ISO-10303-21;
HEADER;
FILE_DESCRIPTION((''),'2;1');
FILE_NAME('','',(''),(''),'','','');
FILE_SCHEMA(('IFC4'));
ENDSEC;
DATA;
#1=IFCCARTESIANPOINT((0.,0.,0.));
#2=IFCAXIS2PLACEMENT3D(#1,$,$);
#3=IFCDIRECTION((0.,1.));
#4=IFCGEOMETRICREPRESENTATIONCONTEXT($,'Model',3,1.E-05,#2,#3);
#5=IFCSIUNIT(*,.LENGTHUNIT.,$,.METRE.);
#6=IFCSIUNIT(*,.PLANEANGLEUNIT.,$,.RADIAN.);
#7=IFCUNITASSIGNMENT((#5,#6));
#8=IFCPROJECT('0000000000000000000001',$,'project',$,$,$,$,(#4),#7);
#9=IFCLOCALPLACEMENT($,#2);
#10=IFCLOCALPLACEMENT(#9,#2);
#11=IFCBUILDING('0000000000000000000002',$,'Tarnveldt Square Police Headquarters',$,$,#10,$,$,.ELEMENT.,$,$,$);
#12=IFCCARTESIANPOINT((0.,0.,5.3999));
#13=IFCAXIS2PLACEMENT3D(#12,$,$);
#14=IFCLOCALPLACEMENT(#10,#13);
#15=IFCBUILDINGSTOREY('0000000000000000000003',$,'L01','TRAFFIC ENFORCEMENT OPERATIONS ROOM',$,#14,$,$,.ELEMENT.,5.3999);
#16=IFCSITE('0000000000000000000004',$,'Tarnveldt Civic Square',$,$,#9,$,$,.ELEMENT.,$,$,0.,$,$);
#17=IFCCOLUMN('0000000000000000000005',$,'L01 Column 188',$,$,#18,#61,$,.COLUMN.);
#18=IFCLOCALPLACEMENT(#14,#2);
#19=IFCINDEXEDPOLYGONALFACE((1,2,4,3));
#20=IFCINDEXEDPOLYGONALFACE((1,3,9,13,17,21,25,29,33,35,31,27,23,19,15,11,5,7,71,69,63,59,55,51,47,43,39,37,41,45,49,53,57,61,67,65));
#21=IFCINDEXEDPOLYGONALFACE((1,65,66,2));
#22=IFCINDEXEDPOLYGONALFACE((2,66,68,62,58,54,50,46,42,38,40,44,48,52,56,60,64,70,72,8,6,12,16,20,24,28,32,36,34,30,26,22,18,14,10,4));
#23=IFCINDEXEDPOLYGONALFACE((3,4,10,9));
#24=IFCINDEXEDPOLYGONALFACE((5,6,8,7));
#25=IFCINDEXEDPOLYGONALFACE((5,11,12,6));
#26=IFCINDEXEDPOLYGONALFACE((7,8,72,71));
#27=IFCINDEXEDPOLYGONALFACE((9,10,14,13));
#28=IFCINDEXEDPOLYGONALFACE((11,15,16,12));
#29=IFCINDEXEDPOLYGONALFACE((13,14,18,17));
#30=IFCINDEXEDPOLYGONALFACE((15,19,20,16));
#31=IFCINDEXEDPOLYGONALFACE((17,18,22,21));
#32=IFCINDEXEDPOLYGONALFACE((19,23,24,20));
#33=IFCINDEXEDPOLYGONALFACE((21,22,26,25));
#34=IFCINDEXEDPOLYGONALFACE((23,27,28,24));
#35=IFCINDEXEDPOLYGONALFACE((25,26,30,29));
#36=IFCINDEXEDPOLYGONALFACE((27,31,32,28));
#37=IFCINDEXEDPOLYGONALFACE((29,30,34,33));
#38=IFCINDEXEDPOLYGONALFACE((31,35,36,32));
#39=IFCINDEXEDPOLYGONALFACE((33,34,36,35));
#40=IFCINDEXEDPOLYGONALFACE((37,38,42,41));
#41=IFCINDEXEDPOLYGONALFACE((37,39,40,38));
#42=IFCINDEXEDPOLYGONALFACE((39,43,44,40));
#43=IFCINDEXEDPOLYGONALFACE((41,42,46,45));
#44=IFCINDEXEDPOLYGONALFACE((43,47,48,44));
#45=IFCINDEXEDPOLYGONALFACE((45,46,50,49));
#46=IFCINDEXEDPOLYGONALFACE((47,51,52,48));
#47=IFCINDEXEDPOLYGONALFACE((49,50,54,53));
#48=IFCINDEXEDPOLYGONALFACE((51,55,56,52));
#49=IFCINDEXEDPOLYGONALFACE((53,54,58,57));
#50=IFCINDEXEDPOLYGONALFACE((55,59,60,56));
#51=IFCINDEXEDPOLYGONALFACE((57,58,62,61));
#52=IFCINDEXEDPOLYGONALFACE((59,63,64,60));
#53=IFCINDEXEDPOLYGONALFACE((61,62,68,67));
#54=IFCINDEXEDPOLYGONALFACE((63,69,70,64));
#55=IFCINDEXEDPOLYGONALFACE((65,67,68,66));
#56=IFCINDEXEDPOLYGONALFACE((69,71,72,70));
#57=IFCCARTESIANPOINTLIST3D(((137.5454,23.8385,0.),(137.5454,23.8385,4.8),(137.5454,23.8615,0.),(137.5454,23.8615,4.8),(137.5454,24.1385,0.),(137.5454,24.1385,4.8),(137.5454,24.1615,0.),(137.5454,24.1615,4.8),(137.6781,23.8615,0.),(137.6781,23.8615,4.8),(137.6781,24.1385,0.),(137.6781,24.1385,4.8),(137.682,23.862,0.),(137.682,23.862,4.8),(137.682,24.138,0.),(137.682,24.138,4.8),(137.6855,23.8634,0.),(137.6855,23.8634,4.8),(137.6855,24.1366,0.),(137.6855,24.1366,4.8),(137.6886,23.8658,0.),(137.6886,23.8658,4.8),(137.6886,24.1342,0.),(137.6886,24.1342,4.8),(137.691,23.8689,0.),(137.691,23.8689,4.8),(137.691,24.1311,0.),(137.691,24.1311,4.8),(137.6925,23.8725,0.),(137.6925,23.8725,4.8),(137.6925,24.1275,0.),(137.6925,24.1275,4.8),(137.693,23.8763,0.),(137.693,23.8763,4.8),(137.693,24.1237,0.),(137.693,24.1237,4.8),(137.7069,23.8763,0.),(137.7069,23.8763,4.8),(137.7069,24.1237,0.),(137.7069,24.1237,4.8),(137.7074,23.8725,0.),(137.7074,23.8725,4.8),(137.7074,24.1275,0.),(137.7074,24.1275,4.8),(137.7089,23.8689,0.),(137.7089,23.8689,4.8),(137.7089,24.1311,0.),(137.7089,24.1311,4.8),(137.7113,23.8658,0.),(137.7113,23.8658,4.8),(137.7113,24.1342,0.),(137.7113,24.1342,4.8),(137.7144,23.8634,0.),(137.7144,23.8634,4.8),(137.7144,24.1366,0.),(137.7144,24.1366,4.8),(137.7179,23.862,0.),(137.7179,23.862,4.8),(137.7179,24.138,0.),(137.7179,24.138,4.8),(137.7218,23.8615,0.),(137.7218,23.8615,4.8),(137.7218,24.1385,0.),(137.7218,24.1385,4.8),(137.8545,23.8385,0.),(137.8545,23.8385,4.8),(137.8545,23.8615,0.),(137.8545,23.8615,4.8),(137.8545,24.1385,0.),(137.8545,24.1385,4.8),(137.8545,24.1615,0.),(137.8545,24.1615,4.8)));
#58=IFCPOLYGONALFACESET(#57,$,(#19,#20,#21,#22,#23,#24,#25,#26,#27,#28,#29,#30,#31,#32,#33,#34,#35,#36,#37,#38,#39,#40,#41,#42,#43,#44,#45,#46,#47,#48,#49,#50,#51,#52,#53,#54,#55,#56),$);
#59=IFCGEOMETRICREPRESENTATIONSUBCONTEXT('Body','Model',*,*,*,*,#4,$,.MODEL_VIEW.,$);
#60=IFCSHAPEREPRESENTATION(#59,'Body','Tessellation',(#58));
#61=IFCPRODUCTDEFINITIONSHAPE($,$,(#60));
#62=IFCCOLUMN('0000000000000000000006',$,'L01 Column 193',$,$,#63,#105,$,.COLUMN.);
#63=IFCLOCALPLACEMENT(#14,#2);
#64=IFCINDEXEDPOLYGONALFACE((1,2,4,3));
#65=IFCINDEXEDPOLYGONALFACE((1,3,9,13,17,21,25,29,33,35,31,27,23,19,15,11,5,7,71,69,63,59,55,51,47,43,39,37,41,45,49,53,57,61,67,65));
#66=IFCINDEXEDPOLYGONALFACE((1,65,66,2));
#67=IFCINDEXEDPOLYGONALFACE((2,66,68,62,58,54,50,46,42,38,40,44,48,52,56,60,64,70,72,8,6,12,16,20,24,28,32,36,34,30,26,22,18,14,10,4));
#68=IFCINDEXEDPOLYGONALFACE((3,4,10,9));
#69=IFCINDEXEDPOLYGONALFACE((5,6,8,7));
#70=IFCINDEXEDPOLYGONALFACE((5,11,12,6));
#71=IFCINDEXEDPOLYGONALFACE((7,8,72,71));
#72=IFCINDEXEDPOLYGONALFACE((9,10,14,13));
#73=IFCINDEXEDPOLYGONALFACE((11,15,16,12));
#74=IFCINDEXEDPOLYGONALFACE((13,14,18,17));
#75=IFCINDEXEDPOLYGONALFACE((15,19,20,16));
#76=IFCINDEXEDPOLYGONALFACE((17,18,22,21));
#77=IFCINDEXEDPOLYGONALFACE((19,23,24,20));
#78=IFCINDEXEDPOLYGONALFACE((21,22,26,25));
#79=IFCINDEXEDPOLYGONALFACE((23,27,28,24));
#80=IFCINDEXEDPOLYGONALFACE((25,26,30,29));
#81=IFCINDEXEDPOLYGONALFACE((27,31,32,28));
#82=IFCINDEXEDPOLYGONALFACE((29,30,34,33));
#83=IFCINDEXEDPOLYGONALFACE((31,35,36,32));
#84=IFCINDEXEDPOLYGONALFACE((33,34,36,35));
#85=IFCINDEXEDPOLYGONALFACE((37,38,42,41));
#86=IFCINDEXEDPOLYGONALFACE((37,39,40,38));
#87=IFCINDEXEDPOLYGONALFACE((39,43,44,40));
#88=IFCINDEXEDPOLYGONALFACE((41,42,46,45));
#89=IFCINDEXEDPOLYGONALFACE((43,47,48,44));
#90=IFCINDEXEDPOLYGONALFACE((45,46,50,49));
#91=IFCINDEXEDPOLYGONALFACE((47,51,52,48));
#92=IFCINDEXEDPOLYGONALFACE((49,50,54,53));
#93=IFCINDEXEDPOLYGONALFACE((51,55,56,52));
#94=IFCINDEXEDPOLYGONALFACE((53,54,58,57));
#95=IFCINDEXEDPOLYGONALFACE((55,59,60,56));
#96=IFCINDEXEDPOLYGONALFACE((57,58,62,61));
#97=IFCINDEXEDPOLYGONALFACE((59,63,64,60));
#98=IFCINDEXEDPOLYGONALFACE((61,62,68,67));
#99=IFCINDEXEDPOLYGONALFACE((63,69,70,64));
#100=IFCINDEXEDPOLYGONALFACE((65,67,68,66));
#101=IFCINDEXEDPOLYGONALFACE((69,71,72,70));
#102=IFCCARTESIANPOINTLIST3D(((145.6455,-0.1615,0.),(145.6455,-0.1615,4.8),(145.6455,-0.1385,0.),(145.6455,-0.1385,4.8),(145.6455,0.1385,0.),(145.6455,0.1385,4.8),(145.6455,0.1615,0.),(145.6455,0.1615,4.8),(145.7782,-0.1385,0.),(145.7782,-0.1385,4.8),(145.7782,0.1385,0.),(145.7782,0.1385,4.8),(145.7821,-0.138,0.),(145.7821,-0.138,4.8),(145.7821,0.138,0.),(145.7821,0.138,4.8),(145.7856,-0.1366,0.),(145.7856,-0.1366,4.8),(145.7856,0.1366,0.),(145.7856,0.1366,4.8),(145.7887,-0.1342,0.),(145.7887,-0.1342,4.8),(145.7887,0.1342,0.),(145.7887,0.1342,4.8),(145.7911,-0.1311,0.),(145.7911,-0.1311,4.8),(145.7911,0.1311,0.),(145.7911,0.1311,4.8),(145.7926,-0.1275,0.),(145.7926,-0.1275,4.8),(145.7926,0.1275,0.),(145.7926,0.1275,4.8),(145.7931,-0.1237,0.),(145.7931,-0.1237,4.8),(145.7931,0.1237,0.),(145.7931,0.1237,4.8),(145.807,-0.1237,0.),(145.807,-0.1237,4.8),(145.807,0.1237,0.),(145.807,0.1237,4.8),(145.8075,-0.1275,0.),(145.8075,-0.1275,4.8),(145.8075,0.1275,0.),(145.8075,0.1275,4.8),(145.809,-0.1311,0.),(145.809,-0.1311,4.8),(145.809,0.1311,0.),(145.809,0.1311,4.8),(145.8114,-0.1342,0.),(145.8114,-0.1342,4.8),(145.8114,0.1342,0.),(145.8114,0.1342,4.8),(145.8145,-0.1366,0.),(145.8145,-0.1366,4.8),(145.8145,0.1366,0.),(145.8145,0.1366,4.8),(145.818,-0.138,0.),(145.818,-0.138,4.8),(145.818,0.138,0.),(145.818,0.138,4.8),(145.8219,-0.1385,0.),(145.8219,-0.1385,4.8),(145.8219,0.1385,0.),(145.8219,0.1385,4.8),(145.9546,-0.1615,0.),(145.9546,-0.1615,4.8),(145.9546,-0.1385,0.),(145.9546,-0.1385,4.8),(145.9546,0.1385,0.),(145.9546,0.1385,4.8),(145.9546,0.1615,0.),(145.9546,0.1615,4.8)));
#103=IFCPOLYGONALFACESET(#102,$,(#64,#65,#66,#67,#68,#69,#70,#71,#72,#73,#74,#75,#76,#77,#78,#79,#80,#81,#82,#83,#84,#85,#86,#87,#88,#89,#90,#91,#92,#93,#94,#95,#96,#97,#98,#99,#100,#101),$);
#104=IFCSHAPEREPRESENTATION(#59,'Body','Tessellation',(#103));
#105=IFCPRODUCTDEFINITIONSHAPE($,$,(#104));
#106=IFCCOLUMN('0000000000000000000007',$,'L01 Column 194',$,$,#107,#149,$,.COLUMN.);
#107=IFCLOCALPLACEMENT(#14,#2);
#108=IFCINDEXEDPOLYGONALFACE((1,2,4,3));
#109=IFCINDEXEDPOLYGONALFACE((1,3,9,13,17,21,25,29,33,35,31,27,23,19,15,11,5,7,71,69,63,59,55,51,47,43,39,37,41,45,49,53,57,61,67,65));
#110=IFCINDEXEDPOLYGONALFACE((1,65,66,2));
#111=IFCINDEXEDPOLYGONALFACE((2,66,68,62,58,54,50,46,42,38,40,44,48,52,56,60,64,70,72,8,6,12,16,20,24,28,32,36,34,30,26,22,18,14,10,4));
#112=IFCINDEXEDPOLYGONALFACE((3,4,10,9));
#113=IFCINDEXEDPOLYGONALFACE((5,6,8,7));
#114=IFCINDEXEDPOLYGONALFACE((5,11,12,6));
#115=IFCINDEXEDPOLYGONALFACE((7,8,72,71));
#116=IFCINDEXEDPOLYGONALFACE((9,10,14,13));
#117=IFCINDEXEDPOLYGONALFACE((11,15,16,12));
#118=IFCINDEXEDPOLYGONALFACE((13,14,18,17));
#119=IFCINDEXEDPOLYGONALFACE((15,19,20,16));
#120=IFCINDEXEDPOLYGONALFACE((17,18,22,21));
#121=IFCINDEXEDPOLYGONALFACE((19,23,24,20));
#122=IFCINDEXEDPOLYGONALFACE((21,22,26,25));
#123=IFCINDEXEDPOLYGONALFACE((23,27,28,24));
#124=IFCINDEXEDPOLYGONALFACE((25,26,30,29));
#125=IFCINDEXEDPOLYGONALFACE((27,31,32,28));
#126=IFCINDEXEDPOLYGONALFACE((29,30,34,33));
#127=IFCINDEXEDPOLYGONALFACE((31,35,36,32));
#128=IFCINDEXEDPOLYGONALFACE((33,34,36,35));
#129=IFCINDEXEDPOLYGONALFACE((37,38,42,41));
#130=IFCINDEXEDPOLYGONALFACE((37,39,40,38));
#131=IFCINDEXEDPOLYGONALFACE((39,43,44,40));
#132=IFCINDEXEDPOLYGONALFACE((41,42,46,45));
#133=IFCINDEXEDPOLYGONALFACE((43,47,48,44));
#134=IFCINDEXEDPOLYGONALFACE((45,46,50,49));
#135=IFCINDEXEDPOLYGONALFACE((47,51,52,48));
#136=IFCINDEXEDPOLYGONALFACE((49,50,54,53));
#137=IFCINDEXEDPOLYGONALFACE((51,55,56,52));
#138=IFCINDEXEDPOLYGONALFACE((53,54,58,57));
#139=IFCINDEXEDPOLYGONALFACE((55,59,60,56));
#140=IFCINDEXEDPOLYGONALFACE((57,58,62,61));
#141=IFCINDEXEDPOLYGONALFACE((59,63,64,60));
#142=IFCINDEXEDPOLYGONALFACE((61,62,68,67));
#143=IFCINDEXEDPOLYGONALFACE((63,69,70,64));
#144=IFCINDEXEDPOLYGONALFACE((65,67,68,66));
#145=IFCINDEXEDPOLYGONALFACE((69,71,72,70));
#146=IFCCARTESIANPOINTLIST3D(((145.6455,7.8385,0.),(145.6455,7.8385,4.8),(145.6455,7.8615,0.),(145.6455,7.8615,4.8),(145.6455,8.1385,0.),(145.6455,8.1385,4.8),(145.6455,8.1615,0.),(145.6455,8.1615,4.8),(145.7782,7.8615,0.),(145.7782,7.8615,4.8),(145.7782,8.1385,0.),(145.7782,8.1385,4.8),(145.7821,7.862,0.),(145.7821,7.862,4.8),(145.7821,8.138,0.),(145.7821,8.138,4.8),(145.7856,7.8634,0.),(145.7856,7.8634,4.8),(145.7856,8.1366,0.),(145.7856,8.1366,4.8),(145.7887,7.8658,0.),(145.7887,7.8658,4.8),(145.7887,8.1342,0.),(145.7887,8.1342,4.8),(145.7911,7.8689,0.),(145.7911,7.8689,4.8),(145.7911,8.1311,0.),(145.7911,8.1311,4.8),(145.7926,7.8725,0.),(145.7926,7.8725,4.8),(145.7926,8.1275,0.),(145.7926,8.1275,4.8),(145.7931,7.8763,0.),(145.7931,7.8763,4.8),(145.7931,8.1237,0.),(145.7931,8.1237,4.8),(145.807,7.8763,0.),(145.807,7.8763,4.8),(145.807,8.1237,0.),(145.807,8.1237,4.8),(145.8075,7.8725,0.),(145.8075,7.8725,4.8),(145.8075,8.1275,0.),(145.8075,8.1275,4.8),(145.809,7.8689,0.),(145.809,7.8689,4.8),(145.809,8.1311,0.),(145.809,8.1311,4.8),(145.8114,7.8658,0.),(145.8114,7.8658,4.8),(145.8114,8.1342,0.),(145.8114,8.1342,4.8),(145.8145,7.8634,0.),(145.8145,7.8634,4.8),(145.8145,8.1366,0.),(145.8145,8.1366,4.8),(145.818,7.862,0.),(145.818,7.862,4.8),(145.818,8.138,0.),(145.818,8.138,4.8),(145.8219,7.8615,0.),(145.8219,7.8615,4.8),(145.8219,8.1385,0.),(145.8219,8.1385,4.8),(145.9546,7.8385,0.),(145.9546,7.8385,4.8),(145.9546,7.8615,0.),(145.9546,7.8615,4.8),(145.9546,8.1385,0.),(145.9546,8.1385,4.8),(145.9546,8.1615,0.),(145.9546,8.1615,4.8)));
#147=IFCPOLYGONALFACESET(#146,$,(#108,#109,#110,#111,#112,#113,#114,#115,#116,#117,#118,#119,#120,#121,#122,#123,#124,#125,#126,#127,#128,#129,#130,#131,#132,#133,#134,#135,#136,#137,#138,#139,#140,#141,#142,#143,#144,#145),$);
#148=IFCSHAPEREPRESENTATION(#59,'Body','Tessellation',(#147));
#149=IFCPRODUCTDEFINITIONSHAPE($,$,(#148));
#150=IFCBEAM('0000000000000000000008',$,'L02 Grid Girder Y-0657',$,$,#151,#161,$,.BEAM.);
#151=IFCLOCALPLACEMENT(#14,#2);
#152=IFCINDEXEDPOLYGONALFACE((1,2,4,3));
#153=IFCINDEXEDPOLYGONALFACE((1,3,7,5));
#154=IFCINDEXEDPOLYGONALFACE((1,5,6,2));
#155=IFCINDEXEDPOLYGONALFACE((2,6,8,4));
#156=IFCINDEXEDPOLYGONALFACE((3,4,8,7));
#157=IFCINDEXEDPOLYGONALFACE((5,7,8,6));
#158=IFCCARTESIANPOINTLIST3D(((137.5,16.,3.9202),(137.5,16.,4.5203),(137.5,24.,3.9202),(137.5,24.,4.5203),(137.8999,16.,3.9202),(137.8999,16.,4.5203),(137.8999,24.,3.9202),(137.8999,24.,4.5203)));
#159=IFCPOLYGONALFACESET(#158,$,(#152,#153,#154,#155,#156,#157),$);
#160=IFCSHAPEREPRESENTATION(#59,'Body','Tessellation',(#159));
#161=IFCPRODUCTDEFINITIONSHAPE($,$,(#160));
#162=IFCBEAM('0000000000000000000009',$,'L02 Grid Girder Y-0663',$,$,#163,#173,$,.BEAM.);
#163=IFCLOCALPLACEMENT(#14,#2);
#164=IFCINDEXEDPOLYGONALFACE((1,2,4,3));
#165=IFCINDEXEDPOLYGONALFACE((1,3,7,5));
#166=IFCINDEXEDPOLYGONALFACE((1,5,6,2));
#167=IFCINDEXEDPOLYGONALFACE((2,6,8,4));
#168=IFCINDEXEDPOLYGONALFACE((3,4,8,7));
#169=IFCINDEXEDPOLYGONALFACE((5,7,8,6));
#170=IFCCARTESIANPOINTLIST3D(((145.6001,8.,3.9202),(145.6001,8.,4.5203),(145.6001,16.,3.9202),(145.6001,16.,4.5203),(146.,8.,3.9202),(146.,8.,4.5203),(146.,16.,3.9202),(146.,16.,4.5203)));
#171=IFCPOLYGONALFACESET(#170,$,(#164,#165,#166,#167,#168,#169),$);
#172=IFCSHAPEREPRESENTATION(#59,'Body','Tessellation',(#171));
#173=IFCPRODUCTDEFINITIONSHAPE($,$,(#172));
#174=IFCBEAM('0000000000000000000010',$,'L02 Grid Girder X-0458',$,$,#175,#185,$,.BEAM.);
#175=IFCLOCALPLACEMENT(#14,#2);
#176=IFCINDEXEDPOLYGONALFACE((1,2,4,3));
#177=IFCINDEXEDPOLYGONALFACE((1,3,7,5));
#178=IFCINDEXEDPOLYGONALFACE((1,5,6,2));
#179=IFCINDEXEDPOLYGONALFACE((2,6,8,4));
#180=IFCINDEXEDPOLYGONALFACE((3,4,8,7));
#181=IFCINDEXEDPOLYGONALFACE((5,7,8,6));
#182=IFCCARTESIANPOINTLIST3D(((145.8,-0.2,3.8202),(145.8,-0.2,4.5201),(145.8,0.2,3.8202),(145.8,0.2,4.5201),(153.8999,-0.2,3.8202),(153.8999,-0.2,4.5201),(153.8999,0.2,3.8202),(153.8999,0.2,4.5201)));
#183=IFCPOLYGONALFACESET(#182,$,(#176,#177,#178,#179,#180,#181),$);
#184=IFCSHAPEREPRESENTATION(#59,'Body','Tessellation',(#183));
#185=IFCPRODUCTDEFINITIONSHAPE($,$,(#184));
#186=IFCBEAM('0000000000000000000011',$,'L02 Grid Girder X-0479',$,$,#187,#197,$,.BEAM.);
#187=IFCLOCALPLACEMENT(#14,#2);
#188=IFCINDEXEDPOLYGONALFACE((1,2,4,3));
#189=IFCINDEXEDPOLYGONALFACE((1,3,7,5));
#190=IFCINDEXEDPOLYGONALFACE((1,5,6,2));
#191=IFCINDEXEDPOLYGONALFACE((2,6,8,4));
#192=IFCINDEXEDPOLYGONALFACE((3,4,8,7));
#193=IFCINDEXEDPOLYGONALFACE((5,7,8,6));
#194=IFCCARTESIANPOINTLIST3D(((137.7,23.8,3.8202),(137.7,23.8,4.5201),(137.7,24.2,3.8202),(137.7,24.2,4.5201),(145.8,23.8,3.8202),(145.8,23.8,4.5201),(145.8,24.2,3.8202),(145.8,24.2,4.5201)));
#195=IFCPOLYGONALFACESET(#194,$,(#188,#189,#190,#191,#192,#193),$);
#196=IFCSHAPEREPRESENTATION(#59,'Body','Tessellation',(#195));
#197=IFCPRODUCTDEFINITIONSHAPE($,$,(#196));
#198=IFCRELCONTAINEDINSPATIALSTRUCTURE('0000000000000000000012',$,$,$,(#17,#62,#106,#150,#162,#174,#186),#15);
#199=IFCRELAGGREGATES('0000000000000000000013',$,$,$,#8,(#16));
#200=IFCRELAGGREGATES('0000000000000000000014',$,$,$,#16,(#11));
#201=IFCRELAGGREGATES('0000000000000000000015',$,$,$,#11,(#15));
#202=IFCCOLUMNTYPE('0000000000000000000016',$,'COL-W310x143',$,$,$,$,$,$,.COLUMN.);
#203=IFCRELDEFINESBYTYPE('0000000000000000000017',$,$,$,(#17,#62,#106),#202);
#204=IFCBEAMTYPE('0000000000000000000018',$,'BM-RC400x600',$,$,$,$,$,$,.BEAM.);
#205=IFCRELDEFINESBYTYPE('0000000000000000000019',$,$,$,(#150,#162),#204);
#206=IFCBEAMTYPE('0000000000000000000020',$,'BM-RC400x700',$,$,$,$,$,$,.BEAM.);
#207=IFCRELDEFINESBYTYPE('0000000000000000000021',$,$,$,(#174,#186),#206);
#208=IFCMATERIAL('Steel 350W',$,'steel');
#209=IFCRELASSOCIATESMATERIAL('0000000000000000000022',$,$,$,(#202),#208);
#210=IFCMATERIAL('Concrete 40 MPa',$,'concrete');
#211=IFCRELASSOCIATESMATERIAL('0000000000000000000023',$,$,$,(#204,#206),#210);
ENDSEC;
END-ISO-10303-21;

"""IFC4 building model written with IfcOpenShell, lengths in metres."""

from ifc_helpers import new_model, si_unit, direction, frame, origin, origin_2d, place, context, subcontext, project, spatial, rectangle, i_section, extrude, material, material_profile, profile_set, type_object, element, save


model = new_model("IFC4")

# Units and contexts
model_context = context("Model", 3, precision=1e-05, world=origin(), true_north=direction((0.0, 1.0)))
body_context = subcontext(model_context, "Body", "Model", "MODEL_VIEW")
ifc_project = project(units=[si_unit("LENGTHUNIT", "METRE"), si_unit("PLANEANGLEUNIT", "RADIAN")], contexts=[model_context])

# Site, building, storey
site_placement = place(None, origin())
site = spatial("IfcSite", under=ifc_project, at=site_placement, Name="Tarnveldt Civic Square", CompositionType="ELEMENT", RefElevation=0.0)
building_placement = place(site_placement, origin())
building = spatial("IfcBuilding", under=site, at=building_placement, Name="Tarnveldt Square Police Headquarters", CompositionType="ELEMENT")
storey_placement = place(building_placement, frame((0.0, 0.0, 5.3999)))
storey = spatial("IfcBuildingStorey", under=building, at=storey_placement, Name="L01", Description="TRAFFIC ENFORCEMENT OPERATIONS ROOM", CompositionType="ELEMENT", Elevation=5.3999)

# Columns
ifc_material_1 = material(Name="Steel 350W", Category="steel")
ifc_material_profile_1 = material_profile(ifc_material_1, i_section(OverallWidth=0.3091, OverallDepth=0.323, WebThickness=0.0139, FlangeThickness=0.0229, FilletRadius=0.0149, at=origin_2d()), Name="W310x143")
ifc_profile_set_1 = profile_set([ifc_material_profile_1], Name="Steel 350W")
column_type = type_object("IfcColumnType", Name="COL-W310x143", PredefinedType="COLUMN", material=ifc_profile_set_1)
for number, where, z_axis, x_axis, name in (
    (1, (137.7, 24.0, 0.0), (0.0, 0.0, 1.0), (1.0, 0.0, 0.0), "L01 Column 188"),
    (2, (145.8, 0.0, 0.0), (0.0, 0.0, 1.0), (1.0, 0.0, 0.0), "L01 Column 193"),
    (3, (145.8, 8.0, 0.0), (0.0, 0.0, 1.0), (1.0, 0.0, 0.0), "L01 Column 194"),
):
    element("IfcColumn", number, at=place(storey_placement, frame(where, z_axis=z_axis, x_axis=x_axis)), inside=storey, type_object=column_type, Name=name, PredefinedType="COLUMN", context=body_context, shape_type="SweptSolid", body=[
        extrude(i_section(OverallWidth=0.3091, OverallDepth=0.323, WebThickness=0.0139, FlangeThickness=0.0229, FilletRadius=0.0149, at=origin_2d()), origin(), (0.0, 0.0, 1.0), 4.8),
    ])

# Beams
ifc_material_2 = material(Name="Concrete 40 MPa", Category="concrete")
ifc_material_profile_2 = material_profile(ifc_material_2, rectangle(XDim=0.3999, YDim=0.6001, at=origin_2d()), Name="RC-B400x600")
ifc_profile_set_2 = profile_set([ifc_material_profile_2], Name="Concrete 40 MPa")
beam_type_1 = type_object("IfcBeamType", Name="BM-RC400x600", PredefinedType="BEAM", material=ifc_profile_set_2)
for number, where, z_axis, x_axis, name in (
    (4, (137.7, 16.0, 4.2202), (0.0, 1.0, 0.0), (-1.0, 0.0, 0.0), "L02 Grid Girder Y-0657"),
    (5, (145.8, 8.0, 4.2202), (0.0, 1.0, 0.0), (-1.0, 0.0, 0.0), "L02 Grid Girder Y-0663"),
):
    element("IfcBeam", number, at=place(storey_placement, frame(where, z_axis=z_axis, x_axis=x_axis)), inside=storey, type_object=beam_type_1, Name=name, PredefinedType="BEAM", context=body_context, shape_type="SweptSolid", body=[
        extrude(rectangle(XDim=0.3999, YDim=0.6001, at=origin_2d()), origin(), (0.0, 0.0, 1.0), 8.0),
    ])
ifc_material_profile_3 = material_profile(ifc_material_2, rectangle(XDim=0.3999, YDim=0.7, at=origin_2d()), Name="RC-B400x700")
ifc_profile_set_3 = profile_set([ifc_material_profile_3], Name="Concrete 40 MPa")
beam_type_2 = type_object("IfcBeamType", Name="BM-RC400x700", PredefinedType="BEAM", material=ifc_profile_set_3)
beam_1_placement = place(storey_placement, frame((145.8, 0.0, 4.1702), z_axis=(1.0, 0.0, 0.0), x_axis=(0.0, 1.0, 0.0)))
element("IfcBeam", 6, at=beam_1_placement, inside=storey, type_object=beam_type_2, Name="L02 Grid Girder X-0458", PredefinedType="BEAM", context=body_context, shape_type="SweptSolid", body=[
    extrude(rectangle(XDim=0.3999, YDim=0.7, at=origin_2d()), origin(), (0.0, 0.0, 1.0), 8.0999),
])
beam_2_placement = place(storey_placement, frame((137.7, 24.0, 4.1702), z_axis=(1.0, 0.0, 0.0), x_axis=(0.0, 1.0, 0.0)))
element("IfcBeam", 7, at=beam_2_placement, inside=storey, type_object=beam_type_2, Name="L02 Grid Girder X-0479", PredefinedType="BEAM", context=body_context, shape_type="SweptSolid", body=[
    extrude(rectangle(XDim=0.3999, YDim=0.7, at=origin_2d()), origin(), (0.0, 0.0, 1.0), 8.1001),
])

save(model, "model.ifc")
